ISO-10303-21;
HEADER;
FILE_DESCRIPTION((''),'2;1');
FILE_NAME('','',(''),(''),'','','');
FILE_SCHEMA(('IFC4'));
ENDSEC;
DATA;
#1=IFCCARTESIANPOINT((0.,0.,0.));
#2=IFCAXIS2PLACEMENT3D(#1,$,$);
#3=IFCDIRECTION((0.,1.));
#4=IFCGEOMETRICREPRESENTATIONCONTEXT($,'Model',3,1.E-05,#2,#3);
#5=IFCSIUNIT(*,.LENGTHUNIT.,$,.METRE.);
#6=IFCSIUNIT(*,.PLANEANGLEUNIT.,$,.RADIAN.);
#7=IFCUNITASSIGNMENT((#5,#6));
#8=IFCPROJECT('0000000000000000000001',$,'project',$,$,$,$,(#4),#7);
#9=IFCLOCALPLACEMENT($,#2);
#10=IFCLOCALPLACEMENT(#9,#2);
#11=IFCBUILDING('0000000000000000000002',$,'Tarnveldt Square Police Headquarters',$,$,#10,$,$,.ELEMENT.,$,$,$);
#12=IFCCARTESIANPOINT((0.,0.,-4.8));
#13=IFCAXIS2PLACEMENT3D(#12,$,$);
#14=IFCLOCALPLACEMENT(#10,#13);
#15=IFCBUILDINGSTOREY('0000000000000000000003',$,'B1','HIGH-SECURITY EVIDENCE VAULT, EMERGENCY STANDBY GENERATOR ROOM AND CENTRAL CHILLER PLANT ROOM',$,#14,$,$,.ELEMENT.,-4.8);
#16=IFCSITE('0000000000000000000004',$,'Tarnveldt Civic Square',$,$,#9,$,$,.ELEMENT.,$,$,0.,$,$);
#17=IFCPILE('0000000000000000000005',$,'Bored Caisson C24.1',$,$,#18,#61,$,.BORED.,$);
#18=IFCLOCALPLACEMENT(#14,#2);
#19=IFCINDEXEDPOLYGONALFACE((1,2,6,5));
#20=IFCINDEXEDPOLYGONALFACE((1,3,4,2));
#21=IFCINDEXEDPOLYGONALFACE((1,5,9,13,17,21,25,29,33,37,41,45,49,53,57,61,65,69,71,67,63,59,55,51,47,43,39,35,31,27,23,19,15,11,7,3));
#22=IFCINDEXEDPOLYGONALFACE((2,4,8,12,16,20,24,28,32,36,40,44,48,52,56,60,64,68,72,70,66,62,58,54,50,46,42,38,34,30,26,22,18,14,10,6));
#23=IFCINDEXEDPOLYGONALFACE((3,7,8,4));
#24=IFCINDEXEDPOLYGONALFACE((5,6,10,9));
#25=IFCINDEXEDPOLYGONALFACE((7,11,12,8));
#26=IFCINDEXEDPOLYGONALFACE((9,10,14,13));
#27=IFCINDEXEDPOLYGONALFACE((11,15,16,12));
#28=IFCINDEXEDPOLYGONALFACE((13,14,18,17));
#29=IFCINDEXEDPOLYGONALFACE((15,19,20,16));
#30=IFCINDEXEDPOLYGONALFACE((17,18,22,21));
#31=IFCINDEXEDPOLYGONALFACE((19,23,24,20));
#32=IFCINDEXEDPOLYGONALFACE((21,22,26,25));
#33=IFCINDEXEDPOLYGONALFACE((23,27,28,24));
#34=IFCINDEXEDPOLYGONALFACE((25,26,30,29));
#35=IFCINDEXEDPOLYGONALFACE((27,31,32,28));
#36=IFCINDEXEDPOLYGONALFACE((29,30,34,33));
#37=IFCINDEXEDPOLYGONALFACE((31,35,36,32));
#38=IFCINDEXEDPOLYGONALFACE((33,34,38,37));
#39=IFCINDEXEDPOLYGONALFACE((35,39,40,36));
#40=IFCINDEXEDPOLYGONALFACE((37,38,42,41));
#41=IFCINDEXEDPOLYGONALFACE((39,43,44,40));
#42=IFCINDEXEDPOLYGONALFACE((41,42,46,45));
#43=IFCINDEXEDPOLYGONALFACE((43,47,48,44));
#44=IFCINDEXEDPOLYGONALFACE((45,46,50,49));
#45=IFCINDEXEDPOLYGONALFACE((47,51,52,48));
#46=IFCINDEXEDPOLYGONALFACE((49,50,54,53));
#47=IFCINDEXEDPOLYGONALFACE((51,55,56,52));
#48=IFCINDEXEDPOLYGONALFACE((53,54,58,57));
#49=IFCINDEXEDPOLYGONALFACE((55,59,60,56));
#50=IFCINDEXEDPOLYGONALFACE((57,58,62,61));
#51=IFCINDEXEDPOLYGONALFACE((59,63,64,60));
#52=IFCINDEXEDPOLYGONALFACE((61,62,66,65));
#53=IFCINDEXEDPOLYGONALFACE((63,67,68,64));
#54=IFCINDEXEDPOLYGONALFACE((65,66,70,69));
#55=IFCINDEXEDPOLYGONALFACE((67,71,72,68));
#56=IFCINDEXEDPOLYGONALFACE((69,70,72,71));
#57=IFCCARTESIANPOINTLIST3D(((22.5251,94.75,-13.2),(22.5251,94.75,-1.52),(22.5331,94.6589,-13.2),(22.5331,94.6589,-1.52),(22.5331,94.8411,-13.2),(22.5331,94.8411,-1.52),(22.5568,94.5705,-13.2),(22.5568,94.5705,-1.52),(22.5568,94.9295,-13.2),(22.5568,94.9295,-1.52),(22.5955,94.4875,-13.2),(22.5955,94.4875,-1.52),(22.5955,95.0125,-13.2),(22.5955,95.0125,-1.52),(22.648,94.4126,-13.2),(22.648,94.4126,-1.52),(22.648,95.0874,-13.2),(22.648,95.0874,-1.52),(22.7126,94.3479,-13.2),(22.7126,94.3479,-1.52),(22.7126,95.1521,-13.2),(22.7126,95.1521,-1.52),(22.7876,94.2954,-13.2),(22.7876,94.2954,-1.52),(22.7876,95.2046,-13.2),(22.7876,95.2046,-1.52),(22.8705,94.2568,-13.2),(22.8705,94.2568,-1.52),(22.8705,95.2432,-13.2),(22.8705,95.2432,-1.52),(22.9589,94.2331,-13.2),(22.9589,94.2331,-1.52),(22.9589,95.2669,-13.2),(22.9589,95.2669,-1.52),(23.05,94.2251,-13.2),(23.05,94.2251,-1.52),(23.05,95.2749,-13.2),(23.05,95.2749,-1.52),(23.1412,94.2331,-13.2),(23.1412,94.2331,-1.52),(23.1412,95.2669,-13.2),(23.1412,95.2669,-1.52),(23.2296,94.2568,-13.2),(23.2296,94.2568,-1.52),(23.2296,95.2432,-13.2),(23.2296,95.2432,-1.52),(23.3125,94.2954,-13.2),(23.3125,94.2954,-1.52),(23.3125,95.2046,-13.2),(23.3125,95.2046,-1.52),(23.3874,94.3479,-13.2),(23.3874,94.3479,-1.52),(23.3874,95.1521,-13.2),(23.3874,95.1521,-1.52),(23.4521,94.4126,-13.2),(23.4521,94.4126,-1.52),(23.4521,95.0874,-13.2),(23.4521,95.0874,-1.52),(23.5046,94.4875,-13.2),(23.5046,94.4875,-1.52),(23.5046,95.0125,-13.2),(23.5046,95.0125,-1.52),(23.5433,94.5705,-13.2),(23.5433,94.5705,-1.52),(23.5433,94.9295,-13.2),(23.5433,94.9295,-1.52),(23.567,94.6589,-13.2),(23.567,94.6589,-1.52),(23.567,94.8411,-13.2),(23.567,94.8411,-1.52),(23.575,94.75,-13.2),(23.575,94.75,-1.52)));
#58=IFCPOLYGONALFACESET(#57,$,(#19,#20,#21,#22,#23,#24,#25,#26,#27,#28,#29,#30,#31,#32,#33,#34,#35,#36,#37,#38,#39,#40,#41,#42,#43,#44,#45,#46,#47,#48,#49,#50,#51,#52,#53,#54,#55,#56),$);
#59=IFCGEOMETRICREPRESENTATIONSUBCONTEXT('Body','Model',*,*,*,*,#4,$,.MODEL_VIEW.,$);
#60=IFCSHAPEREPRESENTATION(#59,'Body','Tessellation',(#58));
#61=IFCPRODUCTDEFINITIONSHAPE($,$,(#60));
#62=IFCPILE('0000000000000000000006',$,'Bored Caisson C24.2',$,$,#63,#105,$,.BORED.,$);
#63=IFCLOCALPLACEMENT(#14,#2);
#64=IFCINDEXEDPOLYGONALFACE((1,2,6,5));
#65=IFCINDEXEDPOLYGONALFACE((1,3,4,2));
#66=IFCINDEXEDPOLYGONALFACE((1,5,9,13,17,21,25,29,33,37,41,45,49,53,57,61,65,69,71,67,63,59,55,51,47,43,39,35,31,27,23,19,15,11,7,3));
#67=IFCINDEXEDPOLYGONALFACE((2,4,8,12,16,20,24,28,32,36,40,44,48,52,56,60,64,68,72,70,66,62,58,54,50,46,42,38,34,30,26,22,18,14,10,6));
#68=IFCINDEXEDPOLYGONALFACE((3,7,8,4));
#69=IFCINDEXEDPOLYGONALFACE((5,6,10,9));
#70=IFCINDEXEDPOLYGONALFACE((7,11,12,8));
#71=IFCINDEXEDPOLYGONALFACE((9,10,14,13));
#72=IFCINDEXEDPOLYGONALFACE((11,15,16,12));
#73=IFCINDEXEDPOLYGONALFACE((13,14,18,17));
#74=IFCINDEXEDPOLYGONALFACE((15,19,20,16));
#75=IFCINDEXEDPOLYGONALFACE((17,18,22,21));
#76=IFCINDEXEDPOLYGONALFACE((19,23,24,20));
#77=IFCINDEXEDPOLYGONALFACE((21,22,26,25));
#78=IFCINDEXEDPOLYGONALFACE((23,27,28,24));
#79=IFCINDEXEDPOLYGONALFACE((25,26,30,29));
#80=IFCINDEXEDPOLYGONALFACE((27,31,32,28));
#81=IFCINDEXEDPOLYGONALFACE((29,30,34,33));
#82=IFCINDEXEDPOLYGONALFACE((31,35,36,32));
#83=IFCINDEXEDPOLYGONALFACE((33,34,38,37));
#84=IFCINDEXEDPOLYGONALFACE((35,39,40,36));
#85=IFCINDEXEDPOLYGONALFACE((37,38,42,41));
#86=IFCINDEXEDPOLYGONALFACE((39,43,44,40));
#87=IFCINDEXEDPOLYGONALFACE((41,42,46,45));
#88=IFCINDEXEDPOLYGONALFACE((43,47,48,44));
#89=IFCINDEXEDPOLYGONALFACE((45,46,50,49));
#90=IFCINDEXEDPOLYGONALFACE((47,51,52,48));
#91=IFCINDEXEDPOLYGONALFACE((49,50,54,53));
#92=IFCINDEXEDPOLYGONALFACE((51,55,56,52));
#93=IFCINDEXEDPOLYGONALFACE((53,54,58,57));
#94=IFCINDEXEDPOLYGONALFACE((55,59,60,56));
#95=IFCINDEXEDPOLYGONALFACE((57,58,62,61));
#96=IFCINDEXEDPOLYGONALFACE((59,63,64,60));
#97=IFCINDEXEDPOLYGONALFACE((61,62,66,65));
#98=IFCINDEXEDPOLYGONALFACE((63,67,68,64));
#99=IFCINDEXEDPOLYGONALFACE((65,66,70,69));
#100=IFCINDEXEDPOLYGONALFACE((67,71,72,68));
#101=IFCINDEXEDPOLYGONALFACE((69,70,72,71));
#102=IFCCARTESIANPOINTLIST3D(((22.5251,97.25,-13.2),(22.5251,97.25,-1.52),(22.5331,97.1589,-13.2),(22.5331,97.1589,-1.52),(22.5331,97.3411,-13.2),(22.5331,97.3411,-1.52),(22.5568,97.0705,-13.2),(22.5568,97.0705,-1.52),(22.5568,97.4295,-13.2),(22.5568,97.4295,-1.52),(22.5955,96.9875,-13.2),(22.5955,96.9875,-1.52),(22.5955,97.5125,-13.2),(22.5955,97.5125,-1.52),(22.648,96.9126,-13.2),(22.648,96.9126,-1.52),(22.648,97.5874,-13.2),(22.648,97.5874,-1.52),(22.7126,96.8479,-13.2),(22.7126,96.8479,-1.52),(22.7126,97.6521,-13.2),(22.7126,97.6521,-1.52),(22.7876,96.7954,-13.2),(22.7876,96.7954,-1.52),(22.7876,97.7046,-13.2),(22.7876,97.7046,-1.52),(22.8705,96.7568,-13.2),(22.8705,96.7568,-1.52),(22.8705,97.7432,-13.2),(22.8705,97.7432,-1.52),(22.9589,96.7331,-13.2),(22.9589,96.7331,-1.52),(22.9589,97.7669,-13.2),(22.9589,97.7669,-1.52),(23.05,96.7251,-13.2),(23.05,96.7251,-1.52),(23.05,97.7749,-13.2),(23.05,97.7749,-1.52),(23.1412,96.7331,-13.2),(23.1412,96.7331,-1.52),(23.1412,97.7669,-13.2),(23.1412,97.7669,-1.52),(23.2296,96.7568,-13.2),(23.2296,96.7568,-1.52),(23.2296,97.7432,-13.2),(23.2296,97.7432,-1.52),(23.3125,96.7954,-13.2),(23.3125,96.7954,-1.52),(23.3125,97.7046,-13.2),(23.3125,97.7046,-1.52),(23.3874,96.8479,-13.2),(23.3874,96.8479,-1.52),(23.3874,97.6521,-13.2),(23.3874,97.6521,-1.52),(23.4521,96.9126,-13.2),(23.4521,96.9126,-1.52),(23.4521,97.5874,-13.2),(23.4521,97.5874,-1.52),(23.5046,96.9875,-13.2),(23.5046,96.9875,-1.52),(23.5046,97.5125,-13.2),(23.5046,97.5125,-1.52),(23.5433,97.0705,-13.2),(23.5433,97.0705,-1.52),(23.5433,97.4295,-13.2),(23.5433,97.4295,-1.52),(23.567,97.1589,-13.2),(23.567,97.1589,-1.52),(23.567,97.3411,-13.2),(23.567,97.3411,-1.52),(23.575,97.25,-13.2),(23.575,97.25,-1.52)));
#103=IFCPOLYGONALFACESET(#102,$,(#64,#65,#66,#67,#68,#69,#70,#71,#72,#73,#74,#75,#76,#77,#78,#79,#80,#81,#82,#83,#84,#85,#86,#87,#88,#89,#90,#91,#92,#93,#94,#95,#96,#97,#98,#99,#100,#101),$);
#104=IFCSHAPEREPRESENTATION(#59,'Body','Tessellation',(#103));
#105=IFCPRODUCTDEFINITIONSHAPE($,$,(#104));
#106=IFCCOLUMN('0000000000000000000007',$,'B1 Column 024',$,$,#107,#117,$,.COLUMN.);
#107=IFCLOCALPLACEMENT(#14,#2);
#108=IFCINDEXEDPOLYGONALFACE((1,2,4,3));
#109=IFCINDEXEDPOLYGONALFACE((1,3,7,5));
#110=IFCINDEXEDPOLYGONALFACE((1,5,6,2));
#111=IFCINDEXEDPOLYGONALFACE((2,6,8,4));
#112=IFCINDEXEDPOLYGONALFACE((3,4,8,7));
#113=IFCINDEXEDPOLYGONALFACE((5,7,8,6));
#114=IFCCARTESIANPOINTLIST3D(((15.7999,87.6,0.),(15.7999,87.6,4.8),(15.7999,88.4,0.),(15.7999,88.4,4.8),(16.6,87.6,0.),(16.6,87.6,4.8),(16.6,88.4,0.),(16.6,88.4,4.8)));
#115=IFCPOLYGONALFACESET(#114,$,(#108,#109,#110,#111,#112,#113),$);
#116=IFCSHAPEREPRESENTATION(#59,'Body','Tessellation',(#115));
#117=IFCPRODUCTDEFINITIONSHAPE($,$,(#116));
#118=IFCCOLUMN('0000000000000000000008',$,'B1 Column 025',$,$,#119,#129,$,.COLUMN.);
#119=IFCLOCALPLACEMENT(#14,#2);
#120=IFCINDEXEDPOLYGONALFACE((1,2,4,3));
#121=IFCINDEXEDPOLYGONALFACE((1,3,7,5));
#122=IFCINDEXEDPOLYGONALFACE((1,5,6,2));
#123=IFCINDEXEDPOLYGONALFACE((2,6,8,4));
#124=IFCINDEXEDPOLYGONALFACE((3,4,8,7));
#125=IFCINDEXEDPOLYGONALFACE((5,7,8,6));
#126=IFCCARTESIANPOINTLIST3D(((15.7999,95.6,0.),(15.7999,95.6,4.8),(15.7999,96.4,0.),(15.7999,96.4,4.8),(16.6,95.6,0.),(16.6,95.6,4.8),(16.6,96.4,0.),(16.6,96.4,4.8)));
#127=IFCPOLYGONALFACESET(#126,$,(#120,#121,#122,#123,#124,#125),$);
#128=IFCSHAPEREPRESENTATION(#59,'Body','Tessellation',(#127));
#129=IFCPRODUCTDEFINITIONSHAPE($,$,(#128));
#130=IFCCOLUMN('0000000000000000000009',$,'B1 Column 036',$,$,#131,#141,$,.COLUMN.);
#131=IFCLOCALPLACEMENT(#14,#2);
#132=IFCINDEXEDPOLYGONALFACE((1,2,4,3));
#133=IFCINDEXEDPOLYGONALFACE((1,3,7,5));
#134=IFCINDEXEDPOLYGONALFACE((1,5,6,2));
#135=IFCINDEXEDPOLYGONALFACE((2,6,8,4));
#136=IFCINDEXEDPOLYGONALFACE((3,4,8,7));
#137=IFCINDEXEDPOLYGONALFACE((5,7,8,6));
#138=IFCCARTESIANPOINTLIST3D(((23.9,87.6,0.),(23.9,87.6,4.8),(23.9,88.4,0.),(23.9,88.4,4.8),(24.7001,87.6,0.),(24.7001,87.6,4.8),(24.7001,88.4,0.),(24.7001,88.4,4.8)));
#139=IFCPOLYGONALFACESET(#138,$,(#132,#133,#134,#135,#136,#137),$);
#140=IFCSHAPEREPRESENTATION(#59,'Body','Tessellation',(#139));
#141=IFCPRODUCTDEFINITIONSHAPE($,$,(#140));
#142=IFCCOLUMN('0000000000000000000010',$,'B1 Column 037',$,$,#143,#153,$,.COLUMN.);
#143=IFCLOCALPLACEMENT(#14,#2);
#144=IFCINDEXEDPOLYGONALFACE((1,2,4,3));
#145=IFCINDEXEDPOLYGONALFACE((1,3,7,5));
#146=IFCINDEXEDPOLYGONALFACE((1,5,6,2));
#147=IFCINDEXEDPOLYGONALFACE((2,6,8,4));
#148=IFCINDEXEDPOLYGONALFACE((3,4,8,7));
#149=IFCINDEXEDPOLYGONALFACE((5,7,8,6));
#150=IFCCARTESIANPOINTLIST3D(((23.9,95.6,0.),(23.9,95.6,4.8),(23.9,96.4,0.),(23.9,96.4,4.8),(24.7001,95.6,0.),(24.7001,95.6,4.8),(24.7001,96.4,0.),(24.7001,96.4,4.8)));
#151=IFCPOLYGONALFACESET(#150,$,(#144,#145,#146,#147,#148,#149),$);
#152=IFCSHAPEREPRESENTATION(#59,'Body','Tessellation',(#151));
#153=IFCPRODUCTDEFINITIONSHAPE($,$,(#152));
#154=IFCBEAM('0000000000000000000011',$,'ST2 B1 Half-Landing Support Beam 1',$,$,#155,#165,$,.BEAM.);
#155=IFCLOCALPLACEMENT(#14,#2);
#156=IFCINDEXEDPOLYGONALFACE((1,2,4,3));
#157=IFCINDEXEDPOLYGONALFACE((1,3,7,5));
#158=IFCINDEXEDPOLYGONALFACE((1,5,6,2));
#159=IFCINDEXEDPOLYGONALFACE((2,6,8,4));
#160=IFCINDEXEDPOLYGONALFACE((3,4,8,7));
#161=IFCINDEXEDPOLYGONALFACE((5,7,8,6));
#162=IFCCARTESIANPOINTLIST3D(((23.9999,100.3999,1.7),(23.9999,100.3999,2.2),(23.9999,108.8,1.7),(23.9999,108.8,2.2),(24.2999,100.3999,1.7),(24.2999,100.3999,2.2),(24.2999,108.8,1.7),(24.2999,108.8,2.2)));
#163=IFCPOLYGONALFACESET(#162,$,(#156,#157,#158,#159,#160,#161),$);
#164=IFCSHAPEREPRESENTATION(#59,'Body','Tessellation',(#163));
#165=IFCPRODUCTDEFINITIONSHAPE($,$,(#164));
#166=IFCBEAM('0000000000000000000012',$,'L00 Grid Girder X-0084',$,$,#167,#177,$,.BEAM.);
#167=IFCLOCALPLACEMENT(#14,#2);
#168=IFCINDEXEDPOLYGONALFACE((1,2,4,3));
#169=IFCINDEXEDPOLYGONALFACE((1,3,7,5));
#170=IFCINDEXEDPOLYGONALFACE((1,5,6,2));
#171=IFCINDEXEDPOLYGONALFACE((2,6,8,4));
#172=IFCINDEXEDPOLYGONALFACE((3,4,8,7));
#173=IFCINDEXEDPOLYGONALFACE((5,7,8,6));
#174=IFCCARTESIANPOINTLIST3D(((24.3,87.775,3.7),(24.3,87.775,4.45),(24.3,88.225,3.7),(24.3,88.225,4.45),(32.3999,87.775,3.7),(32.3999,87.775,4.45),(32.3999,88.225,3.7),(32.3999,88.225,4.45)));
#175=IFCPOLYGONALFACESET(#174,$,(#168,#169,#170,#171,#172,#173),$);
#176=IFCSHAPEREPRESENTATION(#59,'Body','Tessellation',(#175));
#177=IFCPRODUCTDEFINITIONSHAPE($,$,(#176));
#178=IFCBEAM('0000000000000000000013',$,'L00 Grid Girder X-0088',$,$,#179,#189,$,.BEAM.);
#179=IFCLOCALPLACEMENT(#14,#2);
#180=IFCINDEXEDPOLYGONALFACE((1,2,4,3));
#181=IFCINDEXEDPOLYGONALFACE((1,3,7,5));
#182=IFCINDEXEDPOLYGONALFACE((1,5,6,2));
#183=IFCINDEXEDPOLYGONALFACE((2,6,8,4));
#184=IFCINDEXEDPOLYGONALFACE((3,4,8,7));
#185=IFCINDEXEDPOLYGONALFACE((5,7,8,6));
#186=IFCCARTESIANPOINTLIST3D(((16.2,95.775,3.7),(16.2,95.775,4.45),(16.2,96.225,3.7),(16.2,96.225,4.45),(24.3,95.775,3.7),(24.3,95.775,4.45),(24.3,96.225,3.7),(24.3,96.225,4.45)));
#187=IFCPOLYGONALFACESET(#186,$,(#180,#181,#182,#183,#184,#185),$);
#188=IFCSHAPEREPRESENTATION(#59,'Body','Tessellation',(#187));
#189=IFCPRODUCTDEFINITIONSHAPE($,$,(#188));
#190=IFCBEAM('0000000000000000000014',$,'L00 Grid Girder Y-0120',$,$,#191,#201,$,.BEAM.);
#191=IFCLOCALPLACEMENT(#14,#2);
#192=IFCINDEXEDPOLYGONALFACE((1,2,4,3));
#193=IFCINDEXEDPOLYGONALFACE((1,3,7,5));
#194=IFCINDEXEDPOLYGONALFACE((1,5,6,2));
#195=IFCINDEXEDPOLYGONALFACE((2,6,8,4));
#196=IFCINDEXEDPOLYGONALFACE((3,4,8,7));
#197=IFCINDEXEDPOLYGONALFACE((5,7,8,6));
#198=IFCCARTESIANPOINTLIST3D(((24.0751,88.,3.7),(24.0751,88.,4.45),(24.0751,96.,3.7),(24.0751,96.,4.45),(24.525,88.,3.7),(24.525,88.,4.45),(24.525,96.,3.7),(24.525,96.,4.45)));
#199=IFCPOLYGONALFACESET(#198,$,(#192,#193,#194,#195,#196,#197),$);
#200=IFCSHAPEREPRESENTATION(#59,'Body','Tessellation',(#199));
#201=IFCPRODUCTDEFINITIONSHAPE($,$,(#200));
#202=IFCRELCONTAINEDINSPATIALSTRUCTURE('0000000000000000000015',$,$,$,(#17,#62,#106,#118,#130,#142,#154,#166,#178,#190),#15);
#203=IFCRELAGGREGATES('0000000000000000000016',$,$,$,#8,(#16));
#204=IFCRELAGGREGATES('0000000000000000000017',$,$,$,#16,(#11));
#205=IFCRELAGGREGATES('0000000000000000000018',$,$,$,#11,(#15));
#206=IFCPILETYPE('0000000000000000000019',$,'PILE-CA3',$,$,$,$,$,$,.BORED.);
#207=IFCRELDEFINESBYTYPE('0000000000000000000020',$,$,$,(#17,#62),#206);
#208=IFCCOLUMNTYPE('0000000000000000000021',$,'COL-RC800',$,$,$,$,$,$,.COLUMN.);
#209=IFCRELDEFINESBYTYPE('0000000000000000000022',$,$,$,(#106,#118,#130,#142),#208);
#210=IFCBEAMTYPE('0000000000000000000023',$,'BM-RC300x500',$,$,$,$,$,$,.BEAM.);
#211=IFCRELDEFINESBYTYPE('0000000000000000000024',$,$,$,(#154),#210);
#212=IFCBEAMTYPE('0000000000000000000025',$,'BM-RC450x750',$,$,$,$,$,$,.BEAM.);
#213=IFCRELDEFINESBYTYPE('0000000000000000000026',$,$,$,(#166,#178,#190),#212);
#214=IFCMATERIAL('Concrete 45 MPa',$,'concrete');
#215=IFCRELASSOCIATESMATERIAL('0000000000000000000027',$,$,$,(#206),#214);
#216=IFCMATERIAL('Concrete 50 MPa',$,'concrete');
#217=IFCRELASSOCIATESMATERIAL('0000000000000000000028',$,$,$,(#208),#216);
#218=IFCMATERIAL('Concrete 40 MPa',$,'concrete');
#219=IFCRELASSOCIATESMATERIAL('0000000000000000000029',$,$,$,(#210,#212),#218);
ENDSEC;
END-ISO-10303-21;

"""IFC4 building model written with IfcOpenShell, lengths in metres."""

from ifc_helpers import new_model, si_unit, direction, frame, origin, origin_2d, place, context, subcontext, project, spatial, rectangle, circle, extrude, material, material_profile, profile_set, type_object, element, save


model = new_model("IFC4")

# Units and contexts
model_context = context("Model", 3, precision=1e-05, world=origin(), true_north=direction((0.0, 1.0)))
body_context = subcontext(model_context, "Body", "Model", "MODEL_VIEW")
ifc_project = project(units=[si_unit("LENGTHUNIT", "METRE"), si_unit("PLANEANGLEUNIT", "RADIAN")], contexts=[model_context])

# Site, building, storey
site_placement = place(None, origin())
site = spatial("IfcSite", under=ifc_project, at=site_placement, Name="Tarnveldt Civic Square", CompositionType="ELEMENT", RefElevation=0.0)
building_placement = place(site_placement, origin())
building = spatial("IfcBuilding", under=site, at=building_placement, Name="Tarnveldt Square Police Headquarters", CompositionType="ELEMENT")
storey_placement = place(building_placement, frame((0.0, 0.0, -4.8)))
storey = spatial("IfcBuildingStorey", under=building, at=storey_placement, Name="B1", Description="HIGH-SECURITY EVIDENCE VAULT, EMERGENCY STANDBY GENERATOR ROOM AND CENTRAL CHILLER PLANT ROOM", CompositionType="ELEMENT", Elevation=-4.8)

# Shared definitions
ifc_material_1 = material(Name="Concrete 45 MPa", Category="concrete")

# Piles
ifc_material_profile_1 = material_profile(ifc_material_1, circle(Radius=0.5249, at=origin_2d()), Name="CAISSON-D1050")
ifc_profile_set_1 = profile_set([ifc_material_profile_1], Name="Concrete 45 MPa")
pile_type = type_object("IfcPileType", Name="PILE-CA3", PredefinedType="BORED", material=ifc_profile_set_1)
for number, where, z_axis, x_axis, name in (
    (1, (23.05, 94.75, -1.52), (0.0, 0.0, -1.0), (1.0, 0.0, 0.0), "Bored Caisson C24.1"),
    (2, (23.05, 97.25, -1.52), (0.0, 0.0, -1.0), (1.0, 0.0, 0.0), "Bored Caisson C24.2"),
):
    element("IfcPile", number, at=place(storey_placement, frame(where, z_axis=z_axis, x_axis=x_axis)), inside=storey, type_object=pile_type, Name=name, PredefinedType="BORED", context=body_context, shape_type="SweptSolid", body=[
        extrude(circle(Radius=0.5249, at=origin_2d()), origin(), (0.0, 0.0, 1.0), 11.6799),
    ])

# Columns
ifc_material_2 = material(Name="Concrete 50 MPa", Category="concrete")
ifc_material_profile_2 = material_profile(ifc_material_2, rectangle(XDim=0.8, YDim=0.8, at=origin_2d()), Name="RC-C800x800")
ifc_profile_set_2 = profile_set([ifc_material_profile_2], Name="Concrete 50 MPa")
column_type = type_object("IfcColumnType", Name="COL-RC800", PredefinedType="COLUMN", material=ifc_profile_set_2)
for number, where, z_axis, x_axis, name in (
    (3, (16.2, 88.0, 0.0), (0.0, 0.0, 1.0), (1.0, 0.0, 0.0), "B1 Column 024"),
    (4, (16.2, 96.0, 0.0), (0.0, 0.0, 1.0), (1.0, 0.0, 0.0), "B1 Column 025"),
    (5, (24.3, 88.0, 0.0), (0.0, 0.0, 1.0), (1.0, 0.0, 0.0), "B1 Column 036"),
    (6, (24.3, 96.0, 0.0), (0.0, 0.0, 1.0), (1.0, 0.0, 0.0), "B1 Column 037"),
):
    element("IfcColumn", number, at=place(storey_placement, frame(where, z_axis=z_axis, x_axis=x_axis)), inside=storey, type_object=column_type, Name=name, PredefinedType="COLUMN", context=body_context, shape_type="SweptSolid", body=[
        extrude(rectangle(XDim=0.8, YDim=0.8, at=origin_2d()), origin(), (0.0, 0.0, 1.0), 4.8),
    ])

# Beams
ifc_material_3 = material(Name="Concrete 40 MPa", Category="concrete")
ifc_material_profile_3 = material_profile(ifc_material_3, rectangle(XDim=0.3, YDim=0.5, at=origin_2d()), Name="RC-B300x500")
ifc_profile_set_3 = profile_set([ifc_material_profile_3], Name="Concrete 40 MPa")
beam_type_1 = type_object("IfcBeamType", Name="BM-RC300x500", PredefinedType="BEAM", material=ifc_profile_set_3)
beam_1_placement = place(storey_placement, frame((24.1499, 100.3999, 1.95), z_axis=(0.0, 1.0, 0.0), x_axis=(-1.0, 0.0, 0.0)))
element("IfcBeam", 7, at=beam_1_placement, inside=storey, type_object=beam_type_1, Name="ST2 B1 Half-Landing Support Beam 1", PredefinedType="BEAM", context=body_context, shape_type="SweptSolid", body=[
    extrude(rectangle(XDim=0.3, YDim=0.5, at=origin_2d()), origin(), (0.0, 0.0, 1.0), 8.4001),
])
ifc_material_profile_4 = material_profile(ifc_material_3, rectangle(XDim=0.45, YDim=0.75, at=origin_2d()), Name="RC-B450x750")
ifc_profile_set_4 = profile_set([ifc_material_profile_4], Name="Concrete 40 MPa")
beam_type_2 = type_object("IfcBeamType", Name="BM-RC450x750", PredefinedType="BEAM", material=ifc_profile_set_4)
beam_2_placement = place(storey_placement, frame((24.3, 88.0, 4.075), z_axis=(1.0, 0.0, 0.0), x_axis=(0.0, 1.0, 0.0)))
element("IfcBeam", 8, at=beam_2_placement, inside=storey, type_object=beam_type_2, Name="L00 Grid Girder X-0084", PredefinedType="BEAM", context=body_context, shape_type="SweptSolid", body=[
    extrude(rectangle(XDim=0.45, YDim=0.75, at=origin_2d()), origin(), (0.0, 0.0, 1.0), 8.0999),
])
beam_3_placement = place(storey_placement, frame((16.2, 96.0, 4.075), z_axis=(1.0, 0.0, 0.0), x_axis=(0.0, 1.0, 0.0)))
element("IfcBeam", 9, at=beam_3_placement, inside=storey, type_object=beam_type_2, Name="L00 Grid Girder X-0088", PredefinedType="BEAM", context=body_context, shape_type="SweptSolid", body=[
    extrude(rectangle(XDim=0.45, YDim=0.75, at=origin_2d()), origin(), (0.0, 0.0, 1.0), 8.1001),
])
beam_4_placement = place(storey_placement, frame((24.3, 88.0, 4.075), z_axis=(0.0, 1.0, 0.0), x_axis=(-1.0, 0.0, 0.0)))
element("IfcBeam", 10, at=beam_4_placement, inside=storey, type_object=beam_type_2, Name="L00 Grid Girder Y-0120", PredefinedType="BEAM", context=body_context, shape_type="SweptSolid", body=[
    extrude(rectangle(XDim=0.45, YDim=0.75, at=origin_2d()), origin(), (0.0, 0.0, 1.0), 8.0),
])

save(model, "model.ifc")
